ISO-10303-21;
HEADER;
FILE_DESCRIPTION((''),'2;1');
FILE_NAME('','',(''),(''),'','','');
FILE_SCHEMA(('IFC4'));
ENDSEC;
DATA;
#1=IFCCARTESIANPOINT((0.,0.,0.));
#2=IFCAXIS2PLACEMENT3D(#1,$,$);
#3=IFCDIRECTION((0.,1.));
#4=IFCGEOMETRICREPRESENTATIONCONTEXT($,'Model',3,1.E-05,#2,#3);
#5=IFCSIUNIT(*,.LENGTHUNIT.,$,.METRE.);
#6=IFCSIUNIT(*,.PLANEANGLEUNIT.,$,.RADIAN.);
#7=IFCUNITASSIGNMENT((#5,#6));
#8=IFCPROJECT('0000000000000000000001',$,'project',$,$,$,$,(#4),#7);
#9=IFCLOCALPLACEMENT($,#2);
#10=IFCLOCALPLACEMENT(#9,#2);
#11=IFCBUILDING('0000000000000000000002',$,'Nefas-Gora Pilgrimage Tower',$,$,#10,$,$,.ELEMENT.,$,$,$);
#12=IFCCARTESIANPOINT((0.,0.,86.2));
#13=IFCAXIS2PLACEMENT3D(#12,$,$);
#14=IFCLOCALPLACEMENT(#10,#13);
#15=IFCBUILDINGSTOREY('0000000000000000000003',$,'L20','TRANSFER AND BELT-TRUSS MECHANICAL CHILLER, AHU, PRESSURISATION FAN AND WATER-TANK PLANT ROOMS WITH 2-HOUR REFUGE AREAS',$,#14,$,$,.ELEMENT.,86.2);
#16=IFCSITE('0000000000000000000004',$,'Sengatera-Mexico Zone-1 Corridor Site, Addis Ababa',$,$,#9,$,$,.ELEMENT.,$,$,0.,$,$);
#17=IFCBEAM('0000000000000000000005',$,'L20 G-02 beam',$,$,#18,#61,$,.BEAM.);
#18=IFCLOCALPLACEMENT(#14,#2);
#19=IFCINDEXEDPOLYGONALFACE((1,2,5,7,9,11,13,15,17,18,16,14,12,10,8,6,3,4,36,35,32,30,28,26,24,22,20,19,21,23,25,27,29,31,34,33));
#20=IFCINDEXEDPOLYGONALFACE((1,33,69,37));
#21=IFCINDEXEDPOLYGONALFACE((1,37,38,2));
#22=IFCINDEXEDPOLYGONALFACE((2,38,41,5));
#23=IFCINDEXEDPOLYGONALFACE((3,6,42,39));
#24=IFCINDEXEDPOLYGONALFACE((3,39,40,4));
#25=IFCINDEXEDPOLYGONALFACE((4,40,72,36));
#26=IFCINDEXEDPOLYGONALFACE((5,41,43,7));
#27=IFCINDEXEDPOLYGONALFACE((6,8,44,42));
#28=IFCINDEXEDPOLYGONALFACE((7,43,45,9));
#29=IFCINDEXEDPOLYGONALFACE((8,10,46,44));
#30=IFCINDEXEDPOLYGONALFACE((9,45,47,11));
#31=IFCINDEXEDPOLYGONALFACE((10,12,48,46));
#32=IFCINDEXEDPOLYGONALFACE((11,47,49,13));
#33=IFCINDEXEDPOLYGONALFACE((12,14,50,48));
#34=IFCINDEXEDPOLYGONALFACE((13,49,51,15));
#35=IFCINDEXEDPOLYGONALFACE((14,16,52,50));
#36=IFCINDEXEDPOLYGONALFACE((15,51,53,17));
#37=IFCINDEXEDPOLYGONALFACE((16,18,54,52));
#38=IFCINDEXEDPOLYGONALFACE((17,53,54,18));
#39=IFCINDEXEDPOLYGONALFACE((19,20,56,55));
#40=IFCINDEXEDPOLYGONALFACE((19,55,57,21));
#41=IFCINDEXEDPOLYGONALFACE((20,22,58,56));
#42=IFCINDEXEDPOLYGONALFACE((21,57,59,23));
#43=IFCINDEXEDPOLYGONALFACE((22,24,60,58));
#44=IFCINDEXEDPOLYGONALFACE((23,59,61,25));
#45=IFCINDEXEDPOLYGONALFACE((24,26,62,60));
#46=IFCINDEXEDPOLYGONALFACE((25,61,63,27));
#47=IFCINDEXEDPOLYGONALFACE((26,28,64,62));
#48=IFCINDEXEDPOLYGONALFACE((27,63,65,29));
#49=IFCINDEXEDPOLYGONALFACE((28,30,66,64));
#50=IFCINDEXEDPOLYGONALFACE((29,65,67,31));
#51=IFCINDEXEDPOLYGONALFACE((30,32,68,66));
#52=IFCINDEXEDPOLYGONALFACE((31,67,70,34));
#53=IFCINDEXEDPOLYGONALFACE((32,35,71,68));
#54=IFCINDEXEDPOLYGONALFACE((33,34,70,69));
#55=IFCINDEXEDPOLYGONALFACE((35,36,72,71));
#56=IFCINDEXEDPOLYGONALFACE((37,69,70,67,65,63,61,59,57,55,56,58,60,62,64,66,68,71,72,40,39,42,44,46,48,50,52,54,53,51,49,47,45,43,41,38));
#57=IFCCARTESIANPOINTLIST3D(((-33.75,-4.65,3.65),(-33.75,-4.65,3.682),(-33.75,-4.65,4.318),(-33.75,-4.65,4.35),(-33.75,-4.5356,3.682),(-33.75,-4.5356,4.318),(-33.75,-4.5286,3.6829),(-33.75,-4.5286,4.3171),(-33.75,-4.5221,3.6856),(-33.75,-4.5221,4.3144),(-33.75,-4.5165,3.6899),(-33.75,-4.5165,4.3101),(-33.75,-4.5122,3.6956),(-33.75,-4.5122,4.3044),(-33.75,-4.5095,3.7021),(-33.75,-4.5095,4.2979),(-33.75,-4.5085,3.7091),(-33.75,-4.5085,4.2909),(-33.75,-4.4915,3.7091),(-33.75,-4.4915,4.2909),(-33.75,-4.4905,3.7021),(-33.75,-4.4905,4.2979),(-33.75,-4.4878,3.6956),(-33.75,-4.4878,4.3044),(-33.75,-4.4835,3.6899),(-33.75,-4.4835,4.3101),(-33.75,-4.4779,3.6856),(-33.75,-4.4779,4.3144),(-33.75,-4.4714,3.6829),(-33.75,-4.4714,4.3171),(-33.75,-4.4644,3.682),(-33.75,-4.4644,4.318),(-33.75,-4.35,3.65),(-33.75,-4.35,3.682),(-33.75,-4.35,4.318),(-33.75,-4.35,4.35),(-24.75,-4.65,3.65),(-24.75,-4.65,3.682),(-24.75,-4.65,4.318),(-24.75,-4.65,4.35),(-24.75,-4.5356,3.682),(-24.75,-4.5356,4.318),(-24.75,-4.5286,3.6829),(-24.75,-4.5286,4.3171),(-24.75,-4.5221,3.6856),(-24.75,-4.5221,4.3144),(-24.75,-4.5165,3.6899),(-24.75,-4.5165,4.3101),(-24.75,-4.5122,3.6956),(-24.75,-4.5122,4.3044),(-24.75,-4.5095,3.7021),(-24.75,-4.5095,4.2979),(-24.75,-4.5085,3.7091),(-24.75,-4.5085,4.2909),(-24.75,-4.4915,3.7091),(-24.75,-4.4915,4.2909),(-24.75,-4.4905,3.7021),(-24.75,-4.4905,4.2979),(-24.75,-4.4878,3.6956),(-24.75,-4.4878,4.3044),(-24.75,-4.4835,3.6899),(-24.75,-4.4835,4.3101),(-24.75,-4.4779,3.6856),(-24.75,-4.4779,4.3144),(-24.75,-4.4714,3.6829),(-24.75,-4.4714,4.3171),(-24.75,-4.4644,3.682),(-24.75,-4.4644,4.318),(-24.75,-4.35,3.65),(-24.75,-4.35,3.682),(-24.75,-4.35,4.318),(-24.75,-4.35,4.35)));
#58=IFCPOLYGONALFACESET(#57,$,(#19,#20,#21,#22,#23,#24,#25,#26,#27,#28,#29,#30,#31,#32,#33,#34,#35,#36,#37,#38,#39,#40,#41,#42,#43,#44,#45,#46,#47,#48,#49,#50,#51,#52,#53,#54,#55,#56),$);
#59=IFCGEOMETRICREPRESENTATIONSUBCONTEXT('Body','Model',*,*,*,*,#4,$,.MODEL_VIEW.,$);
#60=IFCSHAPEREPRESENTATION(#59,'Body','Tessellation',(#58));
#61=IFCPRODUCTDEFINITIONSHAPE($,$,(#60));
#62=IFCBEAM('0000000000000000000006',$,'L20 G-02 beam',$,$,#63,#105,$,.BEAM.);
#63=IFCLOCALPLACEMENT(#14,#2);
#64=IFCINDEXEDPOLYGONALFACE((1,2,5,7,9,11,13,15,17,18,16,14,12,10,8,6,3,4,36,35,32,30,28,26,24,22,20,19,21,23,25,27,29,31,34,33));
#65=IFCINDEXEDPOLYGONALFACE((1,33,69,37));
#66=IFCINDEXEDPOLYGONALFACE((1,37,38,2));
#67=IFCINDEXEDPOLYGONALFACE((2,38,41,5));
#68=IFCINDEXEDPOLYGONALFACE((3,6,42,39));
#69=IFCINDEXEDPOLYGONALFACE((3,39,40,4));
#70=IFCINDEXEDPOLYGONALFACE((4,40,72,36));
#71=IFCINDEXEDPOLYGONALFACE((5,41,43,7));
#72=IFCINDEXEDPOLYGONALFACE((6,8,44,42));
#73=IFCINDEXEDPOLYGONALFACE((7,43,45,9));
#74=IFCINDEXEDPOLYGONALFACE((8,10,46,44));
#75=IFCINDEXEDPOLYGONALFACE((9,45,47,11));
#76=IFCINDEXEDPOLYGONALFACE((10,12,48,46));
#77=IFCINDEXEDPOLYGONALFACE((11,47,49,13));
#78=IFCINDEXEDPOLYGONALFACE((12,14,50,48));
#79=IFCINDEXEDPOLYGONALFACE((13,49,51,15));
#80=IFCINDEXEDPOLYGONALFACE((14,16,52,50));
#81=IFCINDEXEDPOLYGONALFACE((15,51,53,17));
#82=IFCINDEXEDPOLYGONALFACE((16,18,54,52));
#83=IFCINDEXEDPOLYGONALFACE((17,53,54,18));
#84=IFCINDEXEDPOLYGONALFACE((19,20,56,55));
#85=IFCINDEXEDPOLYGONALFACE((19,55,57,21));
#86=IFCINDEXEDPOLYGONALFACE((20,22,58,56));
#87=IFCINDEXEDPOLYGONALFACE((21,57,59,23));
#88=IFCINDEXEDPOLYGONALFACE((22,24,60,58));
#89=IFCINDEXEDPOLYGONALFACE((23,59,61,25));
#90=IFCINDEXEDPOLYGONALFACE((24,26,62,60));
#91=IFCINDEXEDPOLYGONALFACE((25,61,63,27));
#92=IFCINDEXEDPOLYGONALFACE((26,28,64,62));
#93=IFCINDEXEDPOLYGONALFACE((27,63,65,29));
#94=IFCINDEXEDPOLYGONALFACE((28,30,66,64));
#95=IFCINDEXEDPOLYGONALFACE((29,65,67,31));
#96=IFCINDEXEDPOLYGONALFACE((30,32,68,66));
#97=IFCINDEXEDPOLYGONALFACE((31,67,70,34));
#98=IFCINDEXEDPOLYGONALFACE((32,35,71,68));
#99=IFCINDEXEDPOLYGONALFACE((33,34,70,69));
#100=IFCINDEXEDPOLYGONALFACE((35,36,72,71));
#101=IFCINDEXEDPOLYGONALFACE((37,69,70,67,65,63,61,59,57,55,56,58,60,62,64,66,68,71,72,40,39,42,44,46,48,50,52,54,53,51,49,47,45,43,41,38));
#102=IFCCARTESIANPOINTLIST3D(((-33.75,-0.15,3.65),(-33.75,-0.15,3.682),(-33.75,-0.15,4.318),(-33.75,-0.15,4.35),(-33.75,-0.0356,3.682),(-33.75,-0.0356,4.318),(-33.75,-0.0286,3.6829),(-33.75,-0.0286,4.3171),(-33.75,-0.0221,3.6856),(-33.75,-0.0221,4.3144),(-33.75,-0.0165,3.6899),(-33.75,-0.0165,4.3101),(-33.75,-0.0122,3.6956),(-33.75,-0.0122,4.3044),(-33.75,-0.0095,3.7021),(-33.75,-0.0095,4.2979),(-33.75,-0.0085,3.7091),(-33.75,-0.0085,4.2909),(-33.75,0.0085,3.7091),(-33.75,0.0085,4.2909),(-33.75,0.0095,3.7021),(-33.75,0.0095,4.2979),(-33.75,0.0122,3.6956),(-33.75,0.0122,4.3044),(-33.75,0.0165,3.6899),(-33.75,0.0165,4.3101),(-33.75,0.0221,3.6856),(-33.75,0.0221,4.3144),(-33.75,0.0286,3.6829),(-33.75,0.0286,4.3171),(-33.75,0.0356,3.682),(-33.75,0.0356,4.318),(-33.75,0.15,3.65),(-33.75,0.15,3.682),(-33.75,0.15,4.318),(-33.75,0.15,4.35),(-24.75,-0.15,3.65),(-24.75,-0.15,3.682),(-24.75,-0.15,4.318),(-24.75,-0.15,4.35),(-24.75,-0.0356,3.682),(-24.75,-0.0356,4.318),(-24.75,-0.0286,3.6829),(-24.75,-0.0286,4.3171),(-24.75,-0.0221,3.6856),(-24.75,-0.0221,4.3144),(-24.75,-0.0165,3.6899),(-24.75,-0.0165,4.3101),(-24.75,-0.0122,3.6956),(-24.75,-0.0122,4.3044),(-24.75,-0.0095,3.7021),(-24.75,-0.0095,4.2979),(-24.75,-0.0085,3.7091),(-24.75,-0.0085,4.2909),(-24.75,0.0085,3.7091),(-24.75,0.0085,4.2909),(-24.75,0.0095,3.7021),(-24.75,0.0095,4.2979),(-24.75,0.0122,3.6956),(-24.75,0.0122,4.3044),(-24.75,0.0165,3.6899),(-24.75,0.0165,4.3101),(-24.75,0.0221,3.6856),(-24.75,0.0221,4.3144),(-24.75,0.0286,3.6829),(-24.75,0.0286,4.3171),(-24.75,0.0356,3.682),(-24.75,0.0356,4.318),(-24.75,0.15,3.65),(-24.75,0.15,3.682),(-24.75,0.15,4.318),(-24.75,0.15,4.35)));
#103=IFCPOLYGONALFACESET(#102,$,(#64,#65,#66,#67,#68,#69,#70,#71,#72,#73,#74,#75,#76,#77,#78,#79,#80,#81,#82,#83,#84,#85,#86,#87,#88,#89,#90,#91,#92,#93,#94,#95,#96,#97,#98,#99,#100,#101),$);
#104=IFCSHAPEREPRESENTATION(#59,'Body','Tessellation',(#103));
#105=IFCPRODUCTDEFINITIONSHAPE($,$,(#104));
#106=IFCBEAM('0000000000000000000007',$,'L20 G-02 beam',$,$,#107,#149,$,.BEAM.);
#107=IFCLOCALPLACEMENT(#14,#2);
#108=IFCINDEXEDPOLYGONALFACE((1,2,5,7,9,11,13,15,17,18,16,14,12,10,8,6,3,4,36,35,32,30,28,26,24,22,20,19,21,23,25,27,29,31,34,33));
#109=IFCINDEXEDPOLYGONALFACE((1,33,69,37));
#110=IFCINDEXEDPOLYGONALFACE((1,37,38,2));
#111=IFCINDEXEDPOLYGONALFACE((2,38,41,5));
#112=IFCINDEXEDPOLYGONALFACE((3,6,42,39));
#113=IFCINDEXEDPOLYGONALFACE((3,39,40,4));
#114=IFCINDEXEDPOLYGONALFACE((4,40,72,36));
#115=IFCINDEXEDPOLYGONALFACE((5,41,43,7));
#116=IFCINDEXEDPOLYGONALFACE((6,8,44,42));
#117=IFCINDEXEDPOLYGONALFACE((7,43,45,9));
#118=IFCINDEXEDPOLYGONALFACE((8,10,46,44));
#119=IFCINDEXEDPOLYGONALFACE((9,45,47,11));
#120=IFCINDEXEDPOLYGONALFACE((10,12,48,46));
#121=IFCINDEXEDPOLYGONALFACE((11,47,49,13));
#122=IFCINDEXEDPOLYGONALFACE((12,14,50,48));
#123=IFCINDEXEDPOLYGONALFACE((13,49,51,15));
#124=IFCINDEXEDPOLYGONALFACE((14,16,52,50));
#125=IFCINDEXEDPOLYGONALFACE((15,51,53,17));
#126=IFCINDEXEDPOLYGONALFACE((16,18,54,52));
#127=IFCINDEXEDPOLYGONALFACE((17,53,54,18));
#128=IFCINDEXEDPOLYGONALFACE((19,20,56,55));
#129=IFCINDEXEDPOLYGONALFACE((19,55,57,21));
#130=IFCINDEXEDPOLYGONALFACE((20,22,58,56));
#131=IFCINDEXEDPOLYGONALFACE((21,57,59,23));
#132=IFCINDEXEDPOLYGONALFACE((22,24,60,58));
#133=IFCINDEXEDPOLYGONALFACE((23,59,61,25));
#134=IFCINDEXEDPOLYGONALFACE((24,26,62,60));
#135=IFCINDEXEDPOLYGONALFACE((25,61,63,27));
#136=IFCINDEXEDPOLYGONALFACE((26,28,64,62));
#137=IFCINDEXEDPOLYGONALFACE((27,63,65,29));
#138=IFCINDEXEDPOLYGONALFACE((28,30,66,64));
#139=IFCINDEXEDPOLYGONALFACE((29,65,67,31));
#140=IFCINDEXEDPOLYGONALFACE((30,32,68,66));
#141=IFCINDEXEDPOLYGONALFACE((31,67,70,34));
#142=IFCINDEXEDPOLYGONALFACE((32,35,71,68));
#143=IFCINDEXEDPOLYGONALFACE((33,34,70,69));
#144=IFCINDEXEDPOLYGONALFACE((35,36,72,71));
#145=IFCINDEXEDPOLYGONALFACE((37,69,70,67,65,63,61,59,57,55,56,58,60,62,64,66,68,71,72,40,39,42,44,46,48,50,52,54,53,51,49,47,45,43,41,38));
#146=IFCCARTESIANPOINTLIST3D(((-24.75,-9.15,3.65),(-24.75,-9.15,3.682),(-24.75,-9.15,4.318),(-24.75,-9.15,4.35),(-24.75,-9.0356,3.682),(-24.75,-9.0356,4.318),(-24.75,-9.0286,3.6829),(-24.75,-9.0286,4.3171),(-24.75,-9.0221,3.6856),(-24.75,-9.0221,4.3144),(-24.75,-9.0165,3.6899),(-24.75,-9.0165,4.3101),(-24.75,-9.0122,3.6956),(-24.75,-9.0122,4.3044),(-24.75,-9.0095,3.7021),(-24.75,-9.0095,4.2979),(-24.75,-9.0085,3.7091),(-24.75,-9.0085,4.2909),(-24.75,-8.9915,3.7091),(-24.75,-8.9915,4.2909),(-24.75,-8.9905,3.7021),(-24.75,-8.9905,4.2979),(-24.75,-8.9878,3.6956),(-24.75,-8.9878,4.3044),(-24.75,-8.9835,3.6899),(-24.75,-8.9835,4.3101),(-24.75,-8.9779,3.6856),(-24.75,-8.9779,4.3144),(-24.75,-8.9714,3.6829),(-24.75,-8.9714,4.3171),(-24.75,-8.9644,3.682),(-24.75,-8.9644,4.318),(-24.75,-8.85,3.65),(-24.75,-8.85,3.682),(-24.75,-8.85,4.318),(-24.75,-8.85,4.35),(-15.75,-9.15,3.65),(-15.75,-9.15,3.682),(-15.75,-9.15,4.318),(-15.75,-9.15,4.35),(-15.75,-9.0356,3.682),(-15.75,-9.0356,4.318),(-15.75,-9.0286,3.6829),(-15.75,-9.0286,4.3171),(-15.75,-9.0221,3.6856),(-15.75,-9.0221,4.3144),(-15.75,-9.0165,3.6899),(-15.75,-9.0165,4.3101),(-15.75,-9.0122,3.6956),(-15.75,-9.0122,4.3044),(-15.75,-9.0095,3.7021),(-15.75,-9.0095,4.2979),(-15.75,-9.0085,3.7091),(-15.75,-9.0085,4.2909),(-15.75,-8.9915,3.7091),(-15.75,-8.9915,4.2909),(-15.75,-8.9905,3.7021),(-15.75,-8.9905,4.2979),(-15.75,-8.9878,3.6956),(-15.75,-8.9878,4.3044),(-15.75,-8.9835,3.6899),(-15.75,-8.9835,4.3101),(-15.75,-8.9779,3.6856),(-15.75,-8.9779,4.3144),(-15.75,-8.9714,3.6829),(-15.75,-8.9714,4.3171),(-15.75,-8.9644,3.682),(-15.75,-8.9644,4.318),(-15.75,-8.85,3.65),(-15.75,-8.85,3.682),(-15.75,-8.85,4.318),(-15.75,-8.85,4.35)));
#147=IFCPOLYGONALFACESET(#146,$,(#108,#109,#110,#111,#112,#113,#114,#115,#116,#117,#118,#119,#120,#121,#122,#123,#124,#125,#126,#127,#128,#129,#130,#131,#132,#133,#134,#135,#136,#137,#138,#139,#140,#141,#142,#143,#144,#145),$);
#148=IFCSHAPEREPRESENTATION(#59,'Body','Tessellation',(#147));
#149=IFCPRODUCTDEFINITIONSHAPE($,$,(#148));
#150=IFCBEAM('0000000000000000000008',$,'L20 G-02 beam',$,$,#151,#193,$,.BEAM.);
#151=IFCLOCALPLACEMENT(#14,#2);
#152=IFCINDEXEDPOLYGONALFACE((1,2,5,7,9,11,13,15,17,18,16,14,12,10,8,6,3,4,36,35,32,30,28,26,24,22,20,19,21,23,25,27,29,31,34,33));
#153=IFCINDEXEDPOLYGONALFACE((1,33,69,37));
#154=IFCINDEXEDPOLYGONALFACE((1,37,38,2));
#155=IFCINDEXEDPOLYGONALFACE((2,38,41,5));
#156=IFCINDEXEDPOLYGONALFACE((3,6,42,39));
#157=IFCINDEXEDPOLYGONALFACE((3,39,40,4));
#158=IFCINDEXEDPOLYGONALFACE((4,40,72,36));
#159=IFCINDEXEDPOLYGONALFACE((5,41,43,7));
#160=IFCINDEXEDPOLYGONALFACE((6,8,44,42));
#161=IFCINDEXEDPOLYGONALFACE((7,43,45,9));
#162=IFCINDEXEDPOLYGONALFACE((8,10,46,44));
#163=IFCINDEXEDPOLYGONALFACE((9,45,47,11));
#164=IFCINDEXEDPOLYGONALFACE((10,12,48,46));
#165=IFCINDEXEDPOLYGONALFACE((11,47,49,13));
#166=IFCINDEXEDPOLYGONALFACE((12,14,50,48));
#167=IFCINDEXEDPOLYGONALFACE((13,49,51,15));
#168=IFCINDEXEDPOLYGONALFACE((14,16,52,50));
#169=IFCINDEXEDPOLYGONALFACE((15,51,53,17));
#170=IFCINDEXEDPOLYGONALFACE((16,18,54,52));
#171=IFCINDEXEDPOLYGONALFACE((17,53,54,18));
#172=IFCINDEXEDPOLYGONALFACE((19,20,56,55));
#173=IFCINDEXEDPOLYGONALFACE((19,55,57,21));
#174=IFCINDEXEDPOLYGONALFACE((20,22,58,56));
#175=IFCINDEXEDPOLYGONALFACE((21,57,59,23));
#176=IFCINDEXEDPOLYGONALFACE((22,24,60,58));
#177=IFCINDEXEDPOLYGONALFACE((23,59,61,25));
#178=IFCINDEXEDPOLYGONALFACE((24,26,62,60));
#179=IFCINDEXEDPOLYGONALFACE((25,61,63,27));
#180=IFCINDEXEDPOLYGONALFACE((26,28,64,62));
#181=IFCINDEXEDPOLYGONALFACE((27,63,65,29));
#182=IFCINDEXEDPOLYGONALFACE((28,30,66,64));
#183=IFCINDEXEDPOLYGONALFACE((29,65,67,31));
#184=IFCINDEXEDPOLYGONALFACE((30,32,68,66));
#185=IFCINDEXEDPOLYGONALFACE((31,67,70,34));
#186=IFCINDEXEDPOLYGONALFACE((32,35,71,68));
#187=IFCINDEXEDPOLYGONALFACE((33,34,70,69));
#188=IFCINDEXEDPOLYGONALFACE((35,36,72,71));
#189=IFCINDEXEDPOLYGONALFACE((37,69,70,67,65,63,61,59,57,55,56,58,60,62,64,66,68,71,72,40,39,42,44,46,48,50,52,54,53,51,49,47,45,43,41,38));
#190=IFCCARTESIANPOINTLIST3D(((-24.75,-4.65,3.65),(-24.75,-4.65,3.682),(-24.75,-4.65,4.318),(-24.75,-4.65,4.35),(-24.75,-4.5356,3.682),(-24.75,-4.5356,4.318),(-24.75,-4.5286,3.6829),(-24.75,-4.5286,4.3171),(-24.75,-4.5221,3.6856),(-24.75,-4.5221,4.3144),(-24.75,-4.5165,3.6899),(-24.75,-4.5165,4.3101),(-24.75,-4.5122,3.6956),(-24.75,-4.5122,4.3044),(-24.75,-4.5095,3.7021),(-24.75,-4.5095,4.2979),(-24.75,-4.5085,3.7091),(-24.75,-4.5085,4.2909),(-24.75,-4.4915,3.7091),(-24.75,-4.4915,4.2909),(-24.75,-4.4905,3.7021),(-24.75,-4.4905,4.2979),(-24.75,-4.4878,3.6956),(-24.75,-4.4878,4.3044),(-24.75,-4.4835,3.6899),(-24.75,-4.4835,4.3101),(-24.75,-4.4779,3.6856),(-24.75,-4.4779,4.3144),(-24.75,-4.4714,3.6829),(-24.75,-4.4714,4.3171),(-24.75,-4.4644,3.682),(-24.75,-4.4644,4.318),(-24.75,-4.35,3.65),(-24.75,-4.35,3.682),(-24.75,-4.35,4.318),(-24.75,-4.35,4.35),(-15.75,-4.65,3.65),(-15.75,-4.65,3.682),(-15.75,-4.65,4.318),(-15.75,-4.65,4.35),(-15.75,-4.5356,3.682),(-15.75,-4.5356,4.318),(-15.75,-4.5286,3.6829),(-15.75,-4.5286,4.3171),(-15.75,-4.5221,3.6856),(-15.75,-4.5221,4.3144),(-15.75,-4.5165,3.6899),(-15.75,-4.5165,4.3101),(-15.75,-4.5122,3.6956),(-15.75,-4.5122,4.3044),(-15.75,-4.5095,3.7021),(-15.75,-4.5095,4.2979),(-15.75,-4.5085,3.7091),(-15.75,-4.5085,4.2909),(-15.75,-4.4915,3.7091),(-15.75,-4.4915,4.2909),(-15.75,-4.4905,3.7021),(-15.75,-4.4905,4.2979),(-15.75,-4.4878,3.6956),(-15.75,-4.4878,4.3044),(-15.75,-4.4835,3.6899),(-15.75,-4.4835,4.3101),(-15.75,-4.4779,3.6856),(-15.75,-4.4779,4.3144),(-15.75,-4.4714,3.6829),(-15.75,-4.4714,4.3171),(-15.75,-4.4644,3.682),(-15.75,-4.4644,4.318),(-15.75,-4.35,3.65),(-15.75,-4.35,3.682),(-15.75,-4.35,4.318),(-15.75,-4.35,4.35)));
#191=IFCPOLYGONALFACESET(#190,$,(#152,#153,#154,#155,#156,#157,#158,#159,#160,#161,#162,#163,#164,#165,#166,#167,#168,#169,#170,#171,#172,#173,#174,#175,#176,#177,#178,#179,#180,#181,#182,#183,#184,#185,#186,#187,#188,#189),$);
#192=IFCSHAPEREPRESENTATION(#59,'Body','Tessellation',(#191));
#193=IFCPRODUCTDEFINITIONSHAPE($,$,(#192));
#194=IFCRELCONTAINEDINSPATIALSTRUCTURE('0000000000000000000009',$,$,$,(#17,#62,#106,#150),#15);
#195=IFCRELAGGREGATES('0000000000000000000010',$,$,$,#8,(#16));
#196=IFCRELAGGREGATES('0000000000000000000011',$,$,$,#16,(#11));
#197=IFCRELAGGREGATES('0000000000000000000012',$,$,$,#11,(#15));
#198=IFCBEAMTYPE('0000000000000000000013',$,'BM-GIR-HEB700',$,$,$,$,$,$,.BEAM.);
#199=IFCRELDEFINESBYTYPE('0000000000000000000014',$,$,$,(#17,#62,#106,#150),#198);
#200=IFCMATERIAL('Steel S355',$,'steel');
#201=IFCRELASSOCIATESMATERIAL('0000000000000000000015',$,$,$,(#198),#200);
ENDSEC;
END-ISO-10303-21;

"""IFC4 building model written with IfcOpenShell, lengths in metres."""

from ifc_helpers import new_model, si_unit, direction, frame, origin, origin_2d, place, context, subcontext, project, spatial, i_section, extrude, source, transform, mapped, material, material_profile, profile_set, type_object, element, save


model = new_model("IFC4")

# Units and contexts
model_context = context("Model", 3, precision=1e-05, world=origin(), true_north=direction((0.0, 1.0)))
body_context = subcontext(model_context, "Body", "Model", "MODEL_VIEW")
ifc_project = project(units=[si_unit("LENGTHUNIT", "METRE"), si_unit("PLANEANGLEUNIT", "RADIAN")], contexts=[model_context])

# Site, building, storey
site_placement = place(None, origin())
site = spatial("IfcSite", under=ifc_project, at=site_placement, Name="Sengatera-Mexico Zone-1 Corridor Site, Addis Ababa", CompositionType="ELEMENT", RefElevation=0.0)
building_placement = place(site_placement, origin())
building = spatial("IfcBuilding", under=site, at=building_placement, Name="Nefas-Gora Pilgrimage Tower", CompositionType="ELEMENT")
storey_placement = place(building_placement, frame((0.0, 0.0, 86.2)))
storey = spatial("IfcBuildingStorey", under=building, at=storey_placement, Name="L20", Description="TRANSFER AND BELT-TRUSS MECHANICAL CHILLER, AHU, PRESSURISATION FAN AND WATER-TANK PLANT ROOMS WITH 2-HOUR REFUGE AREAS", CompositionType="ELEMENT", Elevation=86.2)

# Beams
ifc_material_1 = material(Name="Steel S355", Category="steel")
ifc_material_profile_1 = material_profile(ifc_material_1, i_section(OverallWidth=0.3, OverallDepth=0.7, WebThickness=0.0171, FlangeThickness=0.032, FilletRadius=0.0271, at=origin_2d()), Name="HEB 700")
ifc_profile_set_1 = profile_set([ifc_material_profile_1], Name="Steel S355")
beam_type_1 = type_object("IfcBeamType", Name="BM-GIR-HEB700", PredefinedType="BEAM", material=ifc_profile_set_1)
shared_shape_1 = source(origin(), body_context, "Body", "SweptSolid", [
    extrude(i_section(OverallWidth=0.3, OverallDepth=0.7, WebThickness=0.0171, FlangeThickness=0.032, FilletRadius=0.0271, at=origin_2d()), origin(), (0.0, 0.0, 1.0), 9.0),
])
for number, where, z_axis, x_axis, name in (
    (1, (-33.75, -4.5, 4.0), (1.0, 0.0, 0.0), (0.0, 1.0, 0.0), "L20 G-02 beam"),
    (2, (-33.75, 0.0, 4.0), (1.0, 0.0, 0.0), (0.0, 1.0, 0.0), "L20 G-02 beam"),
    (3, (-24.75, -9.0, 4.0), (1.0, 0.0, 0.0), (0.0, 1.0, 0.0), "L20 G-02 beam"),
    (4, (-24.75, -4.5, 4.0), (1.0, 0.0, 0.0), (0.0, 1.0, 0.0), "L20 G-02 beam"),
):
    element("IfcBeam", number, at=place(storey_placement, frame(where, z_axis=z_axis, x_axis=x_axis)), inside=storey, type_object=beam_type_1, Name=name, PredefinedType="BEAM", context=body_context, shape_type="MappedRepresentation", body=[
        mapped(shared_shape_1, transform((0.0, 0.0, 0.0), x_axis=(1.0, 0.0, 0.0), y_axis=(0.0, 1.0, 0.0), z_axis=(0.0, 0.0, 1.0), scale=1.0)),
    ])

save(model, "model.ifc")
